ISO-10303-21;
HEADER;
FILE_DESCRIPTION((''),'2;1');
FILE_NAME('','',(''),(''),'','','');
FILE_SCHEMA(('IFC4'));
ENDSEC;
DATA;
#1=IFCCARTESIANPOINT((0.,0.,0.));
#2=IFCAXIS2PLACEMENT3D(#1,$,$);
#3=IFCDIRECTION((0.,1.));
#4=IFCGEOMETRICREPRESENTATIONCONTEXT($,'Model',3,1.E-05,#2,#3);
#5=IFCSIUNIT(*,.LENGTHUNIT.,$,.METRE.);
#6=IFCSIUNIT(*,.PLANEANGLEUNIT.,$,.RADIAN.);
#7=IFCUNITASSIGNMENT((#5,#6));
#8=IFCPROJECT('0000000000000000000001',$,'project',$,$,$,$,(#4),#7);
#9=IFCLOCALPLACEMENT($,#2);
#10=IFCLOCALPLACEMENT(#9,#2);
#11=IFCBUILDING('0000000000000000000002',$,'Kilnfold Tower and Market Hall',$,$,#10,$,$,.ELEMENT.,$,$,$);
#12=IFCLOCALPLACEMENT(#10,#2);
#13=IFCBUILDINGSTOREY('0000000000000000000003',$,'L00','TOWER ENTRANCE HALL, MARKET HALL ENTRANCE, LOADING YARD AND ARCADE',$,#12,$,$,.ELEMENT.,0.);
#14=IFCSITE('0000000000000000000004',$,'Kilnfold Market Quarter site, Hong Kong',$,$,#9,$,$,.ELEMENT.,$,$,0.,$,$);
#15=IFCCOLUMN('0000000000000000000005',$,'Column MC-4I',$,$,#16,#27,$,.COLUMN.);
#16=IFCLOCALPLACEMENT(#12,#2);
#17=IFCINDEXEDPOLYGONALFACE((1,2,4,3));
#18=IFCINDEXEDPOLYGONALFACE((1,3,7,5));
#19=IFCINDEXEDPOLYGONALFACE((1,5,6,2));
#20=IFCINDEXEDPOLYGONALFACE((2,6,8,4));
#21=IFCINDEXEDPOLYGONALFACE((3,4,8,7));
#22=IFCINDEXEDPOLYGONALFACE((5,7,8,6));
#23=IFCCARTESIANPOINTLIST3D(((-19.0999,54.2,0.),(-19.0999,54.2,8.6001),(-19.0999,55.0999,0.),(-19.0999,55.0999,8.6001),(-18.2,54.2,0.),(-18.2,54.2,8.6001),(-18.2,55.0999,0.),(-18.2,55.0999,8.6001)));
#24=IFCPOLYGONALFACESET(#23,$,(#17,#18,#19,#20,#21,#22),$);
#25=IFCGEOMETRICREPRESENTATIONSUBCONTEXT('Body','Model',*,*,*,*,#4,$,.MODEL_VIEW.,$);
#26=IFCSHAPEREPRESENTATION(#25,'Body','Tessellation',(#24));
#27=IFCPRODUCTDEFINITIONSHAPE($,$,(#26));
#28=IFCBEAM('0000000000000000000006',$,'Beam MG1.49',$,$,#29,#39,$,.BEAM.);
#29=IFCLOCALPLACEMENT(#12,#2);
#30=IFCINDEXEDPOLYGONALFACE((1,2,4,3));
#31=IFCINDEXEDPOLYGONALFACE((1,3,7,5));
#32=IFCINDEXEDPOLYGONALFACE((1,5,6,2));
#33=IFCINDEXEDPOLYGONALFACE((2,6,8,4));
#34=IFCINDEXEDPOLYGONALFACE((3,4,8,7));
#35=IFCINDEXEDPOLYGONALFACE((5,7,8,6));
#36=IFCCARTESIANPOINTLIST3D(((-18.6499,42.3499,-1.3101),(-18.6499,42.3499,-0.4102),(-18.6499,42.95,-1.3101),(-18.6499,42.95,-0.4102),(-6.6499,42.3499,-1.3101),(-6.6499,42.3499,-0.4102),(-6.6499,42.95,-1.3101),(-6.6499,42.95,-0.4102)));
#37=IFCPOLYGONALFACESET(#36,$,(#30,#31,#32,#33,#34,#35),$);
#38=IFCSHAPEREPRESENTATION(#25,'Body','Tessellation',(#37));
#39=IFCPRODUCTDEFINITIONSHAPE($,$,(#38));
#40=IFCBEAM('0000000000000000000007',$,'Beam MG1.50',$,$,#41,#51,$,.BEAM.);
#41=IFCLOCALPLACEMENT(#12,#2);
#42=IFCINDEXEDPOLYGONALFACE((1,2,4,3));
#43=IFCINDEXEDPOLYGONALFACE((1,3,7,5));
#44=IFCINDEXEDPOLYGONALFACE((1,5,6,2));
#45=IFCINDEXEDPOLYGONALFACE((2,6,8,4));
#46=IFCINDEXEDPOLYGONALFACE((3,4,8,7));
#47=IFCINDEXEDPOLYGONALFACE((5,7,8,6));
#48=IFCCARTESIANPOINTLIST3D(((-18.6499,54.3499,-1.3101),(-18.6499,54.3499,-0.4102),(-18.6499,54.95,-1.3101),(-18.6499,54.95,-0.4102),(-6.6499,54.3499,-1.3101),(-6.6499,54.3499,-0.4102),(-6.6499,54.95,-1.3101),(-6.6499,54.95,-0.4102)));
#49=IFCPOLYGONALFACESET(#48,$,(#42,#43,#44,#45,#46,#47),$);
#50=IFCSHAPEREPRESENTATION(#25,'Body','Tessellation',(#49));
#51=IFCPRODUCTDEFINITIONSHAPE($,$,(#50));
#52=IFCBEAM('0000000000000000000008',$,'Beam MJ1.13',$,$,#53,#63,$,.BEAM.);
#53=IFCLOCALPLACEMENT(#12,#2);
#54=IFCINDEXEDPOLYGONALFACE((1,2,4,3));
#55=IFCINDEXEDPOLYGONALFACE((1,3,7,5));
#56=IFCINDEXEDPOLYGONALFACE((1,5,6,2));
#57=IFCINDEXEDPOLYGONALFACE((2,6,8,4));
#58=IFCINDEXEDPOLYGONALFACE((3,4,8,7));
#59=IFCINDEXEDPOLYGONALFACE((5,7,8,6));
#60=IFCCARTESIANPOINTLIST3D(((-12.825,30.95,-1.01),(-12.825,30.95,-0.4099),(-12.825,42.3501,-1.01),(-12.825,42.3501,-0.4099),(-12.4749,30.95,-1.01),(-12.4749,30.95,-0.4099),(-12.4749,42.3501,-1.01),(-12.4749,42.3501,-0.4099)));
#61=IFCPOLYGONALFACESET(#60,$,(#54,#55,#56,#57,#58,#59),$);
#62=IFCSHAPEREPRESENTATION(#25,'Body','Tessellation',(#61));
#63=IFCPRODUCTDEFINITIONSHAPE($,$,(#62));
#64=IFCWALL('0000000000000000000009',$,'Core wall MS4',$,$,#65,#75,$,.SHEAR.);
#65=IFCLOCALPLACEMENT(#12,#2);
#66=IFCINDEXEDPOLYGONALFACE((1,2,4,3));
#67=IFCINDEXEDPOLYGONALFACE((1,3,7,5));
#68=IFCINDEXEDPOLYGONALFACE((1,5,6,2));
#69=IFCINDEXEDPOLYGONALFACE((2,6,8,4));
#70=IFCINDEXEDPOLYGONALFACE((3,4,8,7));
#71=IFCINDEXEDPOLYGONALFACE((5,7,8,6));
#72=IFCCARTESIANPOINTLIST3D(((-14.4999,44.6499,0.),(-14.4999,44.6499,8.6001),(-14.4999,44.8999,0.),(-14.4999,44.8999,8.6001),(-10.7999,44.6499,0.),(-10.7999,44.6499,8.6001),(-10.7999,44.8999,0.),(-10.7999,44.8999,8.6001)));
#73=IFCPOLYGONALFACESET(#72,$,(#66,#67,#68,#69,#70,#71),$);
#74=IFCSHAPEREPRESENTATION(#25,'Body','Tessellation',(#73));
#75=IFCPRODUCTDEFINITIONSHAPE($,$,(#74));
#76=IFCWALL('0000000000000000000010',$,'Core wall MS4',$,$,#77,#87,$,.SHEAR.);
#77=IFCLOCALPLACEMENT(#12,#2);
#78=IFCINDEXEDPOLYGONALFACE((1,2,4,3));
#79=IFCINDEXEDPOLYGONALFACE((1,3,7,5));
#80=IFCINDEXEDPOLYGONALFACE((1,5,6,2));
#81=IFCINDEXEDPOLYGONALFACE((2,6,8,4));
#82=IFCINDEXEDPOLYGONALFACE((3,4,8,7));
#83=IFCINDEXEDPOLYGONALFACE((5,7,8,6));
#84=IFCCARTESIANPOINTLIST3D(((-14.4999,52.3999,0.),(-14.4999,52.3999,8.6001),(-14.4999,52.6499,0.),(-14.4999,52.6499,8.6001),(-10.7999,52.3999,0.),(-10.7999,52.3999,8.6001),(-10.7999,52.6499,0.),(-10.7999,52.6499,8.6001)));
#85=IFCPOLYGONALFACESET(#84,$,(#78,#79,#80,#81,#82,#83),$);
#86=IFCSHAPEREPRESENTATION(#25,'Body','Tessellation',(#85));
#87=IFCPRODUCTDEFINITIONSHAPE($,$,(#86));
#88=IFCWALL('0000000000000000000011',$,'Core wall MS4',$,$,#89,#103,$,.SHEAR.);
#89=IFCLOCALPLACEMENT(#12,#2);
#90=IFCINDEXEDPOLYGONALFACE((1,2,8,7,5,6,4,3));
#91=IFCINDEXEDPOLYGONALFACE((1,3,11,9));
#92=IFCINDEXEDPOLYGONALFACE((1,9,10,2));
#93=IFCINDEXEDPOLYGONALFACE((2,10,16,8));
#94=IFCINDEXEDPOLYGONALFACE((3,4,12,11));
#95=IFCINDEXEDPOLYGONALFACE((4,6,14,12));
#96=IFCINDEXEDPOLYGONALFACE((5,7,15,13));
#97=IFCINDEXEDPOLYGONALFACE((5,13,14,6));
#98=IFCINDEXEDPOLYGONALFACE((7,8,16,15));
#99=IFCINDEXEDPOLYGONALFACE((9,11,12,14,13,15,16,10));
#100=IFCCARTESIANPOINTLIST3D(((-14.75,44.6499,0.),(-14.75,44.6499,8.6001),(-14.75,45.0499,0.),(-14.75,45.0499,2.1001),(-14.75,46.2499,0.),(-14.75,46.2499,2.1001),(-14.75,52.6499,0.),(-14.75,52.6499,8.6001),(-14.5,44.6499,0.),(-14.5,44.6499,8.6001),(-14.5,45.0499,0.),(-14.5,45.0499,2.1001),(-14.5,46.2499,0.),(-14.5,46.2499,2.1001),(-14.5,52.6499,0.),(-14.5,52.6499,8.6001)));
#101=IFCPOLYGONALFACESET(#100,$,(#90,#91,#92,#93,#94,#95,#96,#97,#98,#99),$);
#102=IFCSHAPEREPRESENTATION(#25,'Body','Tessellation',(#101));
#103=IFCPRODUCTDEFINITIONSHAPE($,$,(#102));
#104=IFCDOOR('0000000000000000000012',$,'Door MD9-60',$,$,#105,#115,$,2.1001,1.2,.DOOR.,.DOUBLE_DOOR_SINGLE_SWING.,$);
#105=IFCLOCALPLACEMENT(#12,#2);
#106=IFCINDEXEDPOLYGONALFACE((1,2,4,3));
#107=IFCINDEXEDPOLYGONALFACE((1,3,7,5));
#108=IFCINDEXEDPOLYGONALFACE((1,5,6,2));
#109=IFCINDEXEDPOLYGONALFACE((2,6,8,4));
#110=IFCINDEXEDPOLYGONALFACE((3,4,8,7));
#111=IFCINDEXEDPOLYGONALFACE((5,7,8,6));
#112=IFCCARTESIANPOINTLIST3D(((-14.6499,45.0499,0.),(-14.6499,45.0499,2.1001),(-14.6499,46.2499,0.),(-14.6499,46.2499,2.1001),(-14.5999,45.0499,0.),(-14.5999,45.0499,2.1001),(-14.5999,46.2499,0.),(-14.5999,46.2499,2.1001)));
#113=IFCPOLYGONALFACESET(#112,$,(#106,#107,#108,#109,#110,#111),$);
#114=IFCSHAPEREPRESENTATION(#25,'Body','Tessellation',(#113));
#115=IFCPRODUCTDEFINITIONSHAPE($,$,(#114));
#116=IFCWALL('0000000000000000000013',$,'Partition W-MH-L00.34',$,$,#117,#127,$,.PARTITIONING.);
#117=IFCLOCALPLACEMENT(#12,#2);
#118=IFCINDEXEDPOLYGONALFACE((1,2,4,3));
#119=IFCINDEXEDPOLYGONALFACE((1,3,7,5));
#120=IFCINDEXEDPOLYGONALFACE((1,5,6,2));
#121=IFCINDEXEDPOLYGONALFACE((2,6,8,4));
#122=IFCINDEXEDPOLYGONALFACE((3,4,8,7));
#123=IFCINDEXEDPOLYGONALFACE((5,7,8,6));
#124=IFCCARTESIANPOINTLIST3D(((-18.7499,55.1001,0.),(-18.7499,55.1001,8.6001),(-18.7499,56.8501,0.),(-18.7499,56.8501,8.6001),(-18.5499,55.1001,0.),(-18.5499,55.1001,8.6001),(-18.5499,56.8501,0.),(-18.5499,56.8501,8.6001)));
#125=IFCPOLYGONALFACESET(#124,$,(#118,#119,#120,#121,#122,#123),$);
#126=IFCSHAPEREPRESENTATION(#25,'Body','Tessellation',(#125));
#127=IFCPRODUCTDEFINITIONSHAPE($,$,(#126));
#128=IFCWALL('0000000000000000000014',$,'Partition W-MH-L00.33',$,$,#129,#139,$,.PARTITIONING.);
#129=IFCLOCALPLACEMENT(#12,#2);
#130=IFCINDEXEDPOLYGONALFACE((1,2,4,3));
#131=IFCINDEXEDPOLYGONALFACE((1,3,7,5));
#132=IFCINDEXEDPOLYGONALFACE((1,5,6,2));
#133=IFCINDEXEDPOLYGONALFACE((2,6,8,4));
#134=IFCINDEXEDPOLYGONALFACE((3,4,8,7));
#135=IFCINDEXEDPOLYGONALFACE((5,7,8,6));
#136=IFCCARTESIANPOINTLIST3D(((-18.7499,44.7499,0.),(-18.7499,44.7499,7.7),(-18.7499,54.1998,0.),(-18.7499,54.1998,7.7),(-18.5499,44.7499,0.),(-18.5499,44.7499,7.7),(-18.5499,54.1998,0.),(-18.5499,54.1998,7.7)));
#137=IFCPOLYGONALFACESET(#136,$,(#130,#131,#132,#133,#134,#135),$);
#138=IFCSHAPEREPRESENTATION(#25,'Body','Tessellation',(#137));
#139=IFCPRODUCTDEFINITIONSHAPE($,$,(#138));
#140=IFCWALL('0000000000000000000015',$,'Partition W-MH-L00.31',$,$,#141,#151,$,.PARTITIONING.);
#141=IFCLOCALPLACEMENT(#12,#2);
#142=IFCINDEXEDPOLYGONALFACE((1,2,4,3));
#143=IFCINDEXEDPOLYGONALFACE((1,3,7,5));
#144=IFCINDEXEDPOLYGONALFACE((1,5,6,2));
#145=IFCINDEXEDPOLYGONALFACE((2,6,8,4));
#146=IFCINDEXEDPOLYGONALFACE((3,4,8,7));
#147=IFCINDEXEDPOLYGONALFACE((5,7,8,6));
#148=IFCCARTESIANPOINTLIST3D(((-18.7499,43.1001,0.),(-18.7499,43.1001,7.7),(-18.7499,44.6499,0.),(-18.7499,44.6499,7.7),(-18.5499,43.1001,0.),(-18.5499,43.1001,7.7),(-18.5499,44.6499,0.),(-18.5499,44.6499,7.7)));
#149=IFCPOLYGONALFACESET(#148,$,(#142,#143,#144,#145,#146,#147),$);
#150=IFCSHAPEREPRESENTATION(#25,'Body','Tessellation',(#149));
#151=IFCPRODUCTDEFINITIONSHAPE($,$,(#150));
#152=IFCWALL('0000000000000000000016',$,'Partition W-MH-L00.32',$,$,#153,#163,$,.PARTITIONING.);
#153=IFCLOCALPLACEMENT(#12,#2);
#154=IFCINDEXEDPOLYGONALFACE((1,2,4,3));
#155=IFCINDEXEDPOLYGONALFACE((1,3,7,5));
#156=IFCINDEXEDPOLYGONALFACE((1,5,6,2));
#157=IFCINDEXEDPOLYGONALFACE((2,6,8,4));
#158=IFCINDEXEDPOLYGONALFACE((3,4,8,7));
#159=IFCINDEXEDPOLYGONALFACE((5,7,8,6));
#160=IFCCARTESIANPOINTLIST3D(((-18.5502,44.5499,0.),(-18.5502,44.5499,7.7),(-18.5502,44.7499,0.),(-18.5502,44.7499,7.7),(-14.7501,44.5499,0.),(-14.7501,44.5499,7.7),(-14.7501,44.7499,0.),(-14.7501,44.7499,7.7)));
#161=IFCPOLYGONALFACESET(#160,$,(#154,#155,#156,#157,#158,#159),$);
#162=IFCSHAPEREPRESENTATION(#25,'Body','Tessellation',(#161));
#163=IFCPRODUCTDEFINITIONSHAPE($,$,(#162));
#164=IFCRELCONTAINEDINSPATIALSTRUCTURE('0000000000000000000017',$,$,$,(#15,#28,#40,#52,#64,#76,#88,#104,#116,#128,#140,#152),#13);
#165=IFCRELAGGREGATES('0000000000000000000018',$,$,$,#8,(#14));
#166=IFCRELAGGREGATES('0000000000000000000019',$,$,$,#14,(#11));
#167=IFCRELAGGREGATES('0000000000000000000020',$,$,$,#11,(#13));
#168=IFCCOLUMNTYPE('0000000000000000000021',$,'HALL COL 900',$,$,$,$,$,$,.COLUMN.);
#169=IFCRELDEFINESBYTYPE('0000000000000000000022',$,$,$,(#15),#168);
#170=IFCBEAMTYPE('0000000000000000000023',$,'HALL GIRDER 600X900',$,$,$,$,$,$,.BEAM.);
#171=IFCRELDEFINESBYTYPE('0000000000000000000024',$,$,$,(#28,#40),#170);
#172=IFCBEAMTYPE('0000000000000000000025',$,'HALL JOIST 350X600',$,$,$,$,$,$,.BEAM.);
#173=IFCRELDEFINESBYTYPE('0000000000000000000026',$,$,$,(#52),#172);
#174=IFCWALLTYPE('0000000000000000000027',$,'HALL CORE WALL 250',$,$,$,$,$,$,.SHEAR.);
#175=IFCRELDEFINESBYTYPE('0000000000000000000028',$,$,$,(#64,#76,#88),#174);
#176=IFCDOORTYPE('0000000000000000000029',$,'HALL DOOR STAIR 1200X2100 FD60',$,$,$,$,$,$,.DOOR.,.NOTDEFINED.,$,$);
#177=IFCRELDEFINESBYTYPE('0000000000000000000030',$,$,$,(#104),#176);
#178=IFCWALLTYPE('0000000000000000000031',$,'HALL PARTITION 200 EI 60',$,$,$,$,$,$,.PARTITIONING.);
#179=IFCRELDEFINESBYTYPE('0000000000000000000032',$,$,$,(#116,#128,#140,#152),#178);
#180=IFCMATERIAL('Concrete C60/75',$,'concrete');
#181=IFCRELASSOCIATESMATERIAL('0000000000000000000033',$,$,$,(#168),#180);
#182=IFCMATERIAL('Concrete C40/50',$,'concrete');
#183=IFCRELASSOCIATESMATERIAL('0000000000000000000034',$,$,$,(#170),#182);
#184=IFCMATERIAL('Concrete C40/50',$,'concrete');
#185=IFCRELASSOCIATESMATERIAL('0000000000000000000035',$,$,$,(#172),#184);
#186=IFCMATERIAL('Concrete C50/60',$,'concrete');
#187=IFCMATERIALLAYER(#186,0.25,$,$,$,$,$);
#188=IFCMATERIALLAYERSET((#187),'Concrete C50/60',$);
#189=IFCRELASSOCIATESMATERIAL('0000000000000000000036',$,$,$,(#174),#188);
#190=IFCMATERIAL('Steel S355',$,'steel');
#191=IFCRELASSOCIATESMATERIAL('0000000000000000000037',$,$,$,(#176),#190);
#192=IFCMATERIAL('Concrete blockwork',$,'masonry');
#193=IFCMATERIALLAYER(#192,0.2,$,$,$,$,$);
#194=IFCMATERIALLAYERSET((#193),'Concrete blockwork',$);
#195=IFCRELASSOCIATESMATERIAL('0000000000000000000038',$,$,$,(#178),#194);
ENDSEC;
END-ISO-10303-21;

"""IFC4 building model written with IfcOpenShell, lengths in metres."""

from ifc_helpers import new_model, si_unit, direction, frame, frame_2d, origin, origin_2d, place, context, subcontext, project, spatial, rectangle, extrude, source, transform, mapped, material, layer, layer_set, material_profile, profile_set, type_object, element, fill, save


model = new_model("IFC4")

# Units and contexts
model_context = context("Model", 3, precision=1e-05, world=origin(), true_north=direction((0.0, 1.0)))
body_context = subcontext(model_context, "Body", "Model", "MODEL_VIEW")
ifc_project = project(units=[si_unit("LENGTHUNIT", "METRE"), si_unit("PLANEANGLEUNIT", "RADIAN")], contexts=[model_context])

# Site, building, storey
site_placement = place(None, origin())
site = spatial("IfcSite", under=ifc_project, at=site_placement, Name="Kilnfold Market Quarter site, Hong Kong", CompositionType="ELEMENT", RefElevation=0.0)
building_placement = place(site_placement, origin())
building = spatial("IfcBuilding", under=site, at=building_placement, Name="Kilnfold Tower and Market Hall", CompositionType="ELEMENT")
storey_placement = place(building_placement, origin())
storey = spatial("IfcBuildingStorey", under=building, at=storey_placement, Name="L00", Description="TOWER ENTRANCE HALL, MARKET HALL ENTRANCE, LOADING YARD AND ARCADE", CompositionType="ELEMENT", Elevation=0.0)

# Column
ifc_material_1 = material(Name="Concrete C60/75", Category="concrete")
ifc_material_profile_1 = material_profile(ifc_material_1, rectangle(XDim=0.8999, YDim=0.8999, at=origin_2d()), Name="RC 900x900")
ifc_profile_set_1 = profile_set([ifc_material_profile_1], Name="Concrete C60/75")
column_type = type_object("IfcColumnType", Name="HALL COL 900", PredefinedType="COLUMN", material=ifc_profile_set_1)
shared_shape_1 = source(origin(), body_context, "Body", "SweptSolid", [
    extrude(rectangle(XDim=0.8999, YDim=0.8999, at=origin_2d()), origin(), (0.0, 0.0, 1.0), 8.6001),
])
column_placement = place(storey_placement, frame((-18.6499, 54.6499, 0.0), z_axis=(0.0, 0.0, 1.0), x_axis=(1.0, 0.0, 0.0)))
element("IfcColumn", 1, at=column_placement, inside=storey, type_object=column_type, Name="Column MC-4I", PredefinedType="COLUMN", context=body_context, shape_type="MappedRepresentation", body=[
    mapped(shared_shape_1, transform((0.0, 0.0, 0.0))),
])

# Beams
ifc_material_2 = material(Name="Concrete C40/50", Category="concrete")
ifc_material_profile_2 = material_profile(ifc_material_2, rectangle(XDim=0.6001, YDim=0.8999, at=origin_2d()), Name="RC 600x900")
ifc_profile_set_2 = profile_set([ifc_material_profile_2], Name="Concrete C40/50")
beam_type_1 = type_object("IfcBeamType", Name="HALL GIRDER 600X900", PredefinedType="BEAM", material=ifc_profile_set_2)
for number, where, z_axis, x_axis, name in (
    (2, (-18.6499, 42.6499, -0.8601), (1.0, 0.0, 0.0), (0.0, 1.0, 0.0), "Beam MG1.49"),
    (3, (-18.6499, 54.6499, -0.8601), (1.0, 0.0, 0.0), (0.0, 1.0, 0.0), "Beam MG1.50"),
):
    element("IfcBeam", number, at=place(storey_placement, frame(where, z_axis=z_axis, x_axis=x_axis)), inside=storey, type_object=beam_type_1, Name=name, PredefinedType="BEAM", context=body_context, shape_type="SweptSolid", body=[
        extrude(rectangle(XDim=0.6001, YDim=0.8999, at=origin_2d()), origin(), (0.0, 0.0, 1.0), 12.0),
    ])
ifc_material_3 = material(Name="Concrete C40/50", Category="concrete")
ifc_material_profile_3 = material_profile(ifc_material_3, rectangle(XDim=0.3501, YDim=0.6001, at=origin_2d()), Name="RC 350x600")
ifc_profile_set_3 = profile_set([ifc_material_profile_3], Name="Concrete C40/50")
beam_type_2 = type_object("IfcBeamType", Name="HALL JOIST 350X600", PredefinedType="BEAM", material=ifc_profile_set_3)
beam_placement = place(storey_placement, frame((-12.6499, 30.95, -0.71), z_axis=(0.0, 1.0, 0.0), x_axis=(-1.0, 0.0, 0.0)))
element("IfcBeam", 4, at=beam_placement, inside=storey, type_object=beam_type_2, Name="Beam MJ1.13", PredefinedType="BEAM", context=body_context, shape_type="SweptSolid", body=[
    extrude(rectangle(XDim=0.3501, YDim=0.6001, at=origin_2d()), origin(), (0.0, 0.0, 1.0), 11.4001),
])

# Walls
ifc_material_4 = material(Name="Concrete C50/60", Category="concrete")
ifc_layer_1 = layer(ifc_material_4, 0.25)
ifc_layer_set_1 = layer_set([ifc_layer_1], Name="Concrete C50/60")
wall_type_1 = type_object("IfcWallType", Name="HALL CORE WALL 250", PredefinedType="SHEAR", material=ifc_layer_set_1)
shared_shape_2 = source(origin(), body_context, "Body", "SweptSolid", [
    extrude(rectangle(XDim=3.7, YDim=0.25, at=frame_2d((1.8501, 0.0))), origin(), (0.0, 0.0, 1.0), 8.6001),
])
for number, where, z_axis, x_axis, name in (
    (5, (-14.5, 44.7749, 0.0), (0.0, 0.0, 1.0), (1.0, 0.0, 0.0), "Core wall MS4"),
    (6, (-14.5, 52.5249, 0.0), (0.0, 0.0, 1.0), (1.0, 0.0, 0.0), "Core wall MS4"),
):
    element("IfcWall", number, at=place(storey_placement, frame(where, z_axis=z_axis, x_axis=x_axis)), inside=storey, type_object=wall_type_1, Name=name, PredefinedType="SHEAR", context=body_context, shape_type="MappedRepresentation", body=[
        mapped(shared_shape_2, transform((0.0, 0.0, 0.0))),
    ])

# Wall, opening, door
shared_shape_3 = source(origin(), body_context, "Body", "SweptSolid", [
    extrude(rectangle(XDim=8.0, YDim=0.25, at=frame_2d((4.0, 0.0))), origin(), (0.0, 0.0, 1.0), 8.6001),
])
wall_1_placement = place(storey_placement, frame((-14.625, 44.6499, 0.0), z_axis=(0.0, 0.0, 1.0), x_axis=(0.0, 1.0, 0.0)))
wall_1 = element("IfcWall", 7, at=wall_1_placement, inside=storey, type_object=wall_type_1, Name="Core wall MS4", PredefinedType="SHEAR", context=body_context, shape_type="MappedRepresentation", body=[
    mapped(shared_shape_3, transform((0.0, 0.0, 0.0))),
])
opening_placement = place(wall_1_placement, frame((0.3999, 0.0, 0.0)))
opening = element("IfcOpeningElement", 8, at=opening_placement, cuts=wall_1, PredefinedType="OPENING", context=body_context, shape_type="SweptSolid", body=[
    extrude(rectangle(XDim=1.2, YDim=2.1001, at=frame_2d((0.6001, 1.05))), frame((0.0, 0.135, 0.0), z_axis=(0.0, -1.0, 0.0), x_axis=(1.0, 0.0, 0.0)), (0.0, 0.0, 1.0), 0.27),
])
ifc_material_5 = material(Name="Steel S355", Category="steel")
door_type = type_object("IfcDoorType", Name="HALL DOOR STAIR 1200X2100 FD60", OperationType="NOTDEFINED", PredefinedType="DOOR", material=ifc_material_5)
door_placement = place(opening_placement, origin())
door = element("IfcDoor", 9, at=door_placement, inside=storey, type_object=door_type, Name="Door MD9-60", OperationType="DOUBLE_DOOR_SINGLE_SWING", OverallHeight=2.1001, OverallWidth=1.2, PredefinedType="DOOR", context=body_context, shape_type="SweptSolid", body=[
    extrude(rectangle(XDim=1.2, YDim=2.1001, at=frame_2d((0.6001, 1.05))), frame((0.0, 0.0249, 0.0), z_axis=(0.0, -1.0, 0.0), x_axis=(1.0, 0.0, 0.0)), (0.0, 0.0, 1.0), 0.05),
])
fill(opening, door)

# Walls
ifc_material_6 = material(Name="Concrete blockwork", Category="masonry")
ifc_layer_2 = layer(ifc_material_6, 0.2)
ifc_layer_set_2 = layer_set([ifc_layer_2], Name="Concrete blockwork")
wall_type_2 = type_object("IfcWallType", Name="HALL PARTITION 200 EI 60", PredefinedType="PARTITIONING", material=ifc_layer_set_2)
shared_shape_4 = source(origin(), body_context, "Body", "SweptSolid", [
    extrude(rectangle(XDim=1.75, YDim=0.2, at=frame_2d((0.875, 0.0))), origin(), (0.0, 0.0, 1.0), 8.6001),
])
wall_2_placement = place(storey_placement, frame((-18.6499, 56.8501, 0.0), z_axis=(0.0, 0.0, 1.0), x_axis=(0.0, -1.0, 0.0)))
element("IfcWall", 10, at=wall_2_placement, inside=storey, type_object=wall_type_2, Name="Partition W-MH-L00.34", PredefinedType="PARTITIONING", context=body_context, shape_type="MappedRepresentation", body=[
    mapped(shared_shape_4, transform((0.0, 0.0, 0.0))),
])
shared_shape_5 = source(origin(), body_context, "Body", "SweptSolid", [
    extrude(rectangle(XDim=9.45, YDim=0.2, at=frame_2d((4.7251, 0.0))), origin(), (0.0, 0.0, 1.0), 7.7),
])
wall_3_placement = place(storey_placement, frame((-18.6499, 54.2, 0.0), z_axis=(0.0, 0.0, 1.0), x_axis=(0.0, -1.0, 0.0)))
element("IfcWall", 11, at=wall_3_placement, inside=storey, type_object=wall_type_2, Name="Partition W-MH-L00.33", PredefinedType="PARTITIONING", context=body_context, shape_type="MappedRepresentation", body=[
    mapped(shared_shape_5, transform((0.0, 0.0, 0.0))),
])
shared_shape_6 = source(origin(), body_context, "Body", "SweptSolid", [
    extrude(rectangle(XDim=1.5498, YDim=0.2, at=frame_2d((0.7749, 0.0))), origin(), (0.0, 0.0, 1.0), 7.7),
])
wall_4_placement = place(storey_placement, frame((-18.6499, 43.1001, 0.0), z_axis=(0.0, 0.0, 1.0), x_axis=(0.0, 1.0, 0.0)))
element("IfcWall", 12, at=wall_4_placement, inside=storey, type_object=wall_type_2, Name="Partition W-MH-L00.31", PredefinedType="PARTITIONING", context=body_context, shape_type="MappedRepresentation", body=[
    mapped(shared_shape_6, transform((0.0, 0.0, 0.0))),
])
shared_shape_7 = source(origin(), body_context, "Body", "SweptSolid", [
    extrude(rectangle(XDim=3.8, YDim=0.2, at=frame_2d((1.8999, 0.0))), origin(), (0.0, 0.0, 1.0), 7.7),
])
wall_5_placement = place(storey_placement, frame((-18.55, 44.6499, 0.0), z_axis=(0.0, 0.0, 1.0), x_axis=(1.0, 0.0, 0.0)))
element("IfcWall", 13, at=wall_5_placement, inside=storey, type_object=wall_type_2, Name="Partition W-MH-L00.32", PredefinedType="PARTITIONING", context=body_context, shape_type="MappedRepresentation", body=[
    mapped(shared_shape_7, transform((0.0, 0.0, 0.0))),
])

save(model, "model.ifc")
